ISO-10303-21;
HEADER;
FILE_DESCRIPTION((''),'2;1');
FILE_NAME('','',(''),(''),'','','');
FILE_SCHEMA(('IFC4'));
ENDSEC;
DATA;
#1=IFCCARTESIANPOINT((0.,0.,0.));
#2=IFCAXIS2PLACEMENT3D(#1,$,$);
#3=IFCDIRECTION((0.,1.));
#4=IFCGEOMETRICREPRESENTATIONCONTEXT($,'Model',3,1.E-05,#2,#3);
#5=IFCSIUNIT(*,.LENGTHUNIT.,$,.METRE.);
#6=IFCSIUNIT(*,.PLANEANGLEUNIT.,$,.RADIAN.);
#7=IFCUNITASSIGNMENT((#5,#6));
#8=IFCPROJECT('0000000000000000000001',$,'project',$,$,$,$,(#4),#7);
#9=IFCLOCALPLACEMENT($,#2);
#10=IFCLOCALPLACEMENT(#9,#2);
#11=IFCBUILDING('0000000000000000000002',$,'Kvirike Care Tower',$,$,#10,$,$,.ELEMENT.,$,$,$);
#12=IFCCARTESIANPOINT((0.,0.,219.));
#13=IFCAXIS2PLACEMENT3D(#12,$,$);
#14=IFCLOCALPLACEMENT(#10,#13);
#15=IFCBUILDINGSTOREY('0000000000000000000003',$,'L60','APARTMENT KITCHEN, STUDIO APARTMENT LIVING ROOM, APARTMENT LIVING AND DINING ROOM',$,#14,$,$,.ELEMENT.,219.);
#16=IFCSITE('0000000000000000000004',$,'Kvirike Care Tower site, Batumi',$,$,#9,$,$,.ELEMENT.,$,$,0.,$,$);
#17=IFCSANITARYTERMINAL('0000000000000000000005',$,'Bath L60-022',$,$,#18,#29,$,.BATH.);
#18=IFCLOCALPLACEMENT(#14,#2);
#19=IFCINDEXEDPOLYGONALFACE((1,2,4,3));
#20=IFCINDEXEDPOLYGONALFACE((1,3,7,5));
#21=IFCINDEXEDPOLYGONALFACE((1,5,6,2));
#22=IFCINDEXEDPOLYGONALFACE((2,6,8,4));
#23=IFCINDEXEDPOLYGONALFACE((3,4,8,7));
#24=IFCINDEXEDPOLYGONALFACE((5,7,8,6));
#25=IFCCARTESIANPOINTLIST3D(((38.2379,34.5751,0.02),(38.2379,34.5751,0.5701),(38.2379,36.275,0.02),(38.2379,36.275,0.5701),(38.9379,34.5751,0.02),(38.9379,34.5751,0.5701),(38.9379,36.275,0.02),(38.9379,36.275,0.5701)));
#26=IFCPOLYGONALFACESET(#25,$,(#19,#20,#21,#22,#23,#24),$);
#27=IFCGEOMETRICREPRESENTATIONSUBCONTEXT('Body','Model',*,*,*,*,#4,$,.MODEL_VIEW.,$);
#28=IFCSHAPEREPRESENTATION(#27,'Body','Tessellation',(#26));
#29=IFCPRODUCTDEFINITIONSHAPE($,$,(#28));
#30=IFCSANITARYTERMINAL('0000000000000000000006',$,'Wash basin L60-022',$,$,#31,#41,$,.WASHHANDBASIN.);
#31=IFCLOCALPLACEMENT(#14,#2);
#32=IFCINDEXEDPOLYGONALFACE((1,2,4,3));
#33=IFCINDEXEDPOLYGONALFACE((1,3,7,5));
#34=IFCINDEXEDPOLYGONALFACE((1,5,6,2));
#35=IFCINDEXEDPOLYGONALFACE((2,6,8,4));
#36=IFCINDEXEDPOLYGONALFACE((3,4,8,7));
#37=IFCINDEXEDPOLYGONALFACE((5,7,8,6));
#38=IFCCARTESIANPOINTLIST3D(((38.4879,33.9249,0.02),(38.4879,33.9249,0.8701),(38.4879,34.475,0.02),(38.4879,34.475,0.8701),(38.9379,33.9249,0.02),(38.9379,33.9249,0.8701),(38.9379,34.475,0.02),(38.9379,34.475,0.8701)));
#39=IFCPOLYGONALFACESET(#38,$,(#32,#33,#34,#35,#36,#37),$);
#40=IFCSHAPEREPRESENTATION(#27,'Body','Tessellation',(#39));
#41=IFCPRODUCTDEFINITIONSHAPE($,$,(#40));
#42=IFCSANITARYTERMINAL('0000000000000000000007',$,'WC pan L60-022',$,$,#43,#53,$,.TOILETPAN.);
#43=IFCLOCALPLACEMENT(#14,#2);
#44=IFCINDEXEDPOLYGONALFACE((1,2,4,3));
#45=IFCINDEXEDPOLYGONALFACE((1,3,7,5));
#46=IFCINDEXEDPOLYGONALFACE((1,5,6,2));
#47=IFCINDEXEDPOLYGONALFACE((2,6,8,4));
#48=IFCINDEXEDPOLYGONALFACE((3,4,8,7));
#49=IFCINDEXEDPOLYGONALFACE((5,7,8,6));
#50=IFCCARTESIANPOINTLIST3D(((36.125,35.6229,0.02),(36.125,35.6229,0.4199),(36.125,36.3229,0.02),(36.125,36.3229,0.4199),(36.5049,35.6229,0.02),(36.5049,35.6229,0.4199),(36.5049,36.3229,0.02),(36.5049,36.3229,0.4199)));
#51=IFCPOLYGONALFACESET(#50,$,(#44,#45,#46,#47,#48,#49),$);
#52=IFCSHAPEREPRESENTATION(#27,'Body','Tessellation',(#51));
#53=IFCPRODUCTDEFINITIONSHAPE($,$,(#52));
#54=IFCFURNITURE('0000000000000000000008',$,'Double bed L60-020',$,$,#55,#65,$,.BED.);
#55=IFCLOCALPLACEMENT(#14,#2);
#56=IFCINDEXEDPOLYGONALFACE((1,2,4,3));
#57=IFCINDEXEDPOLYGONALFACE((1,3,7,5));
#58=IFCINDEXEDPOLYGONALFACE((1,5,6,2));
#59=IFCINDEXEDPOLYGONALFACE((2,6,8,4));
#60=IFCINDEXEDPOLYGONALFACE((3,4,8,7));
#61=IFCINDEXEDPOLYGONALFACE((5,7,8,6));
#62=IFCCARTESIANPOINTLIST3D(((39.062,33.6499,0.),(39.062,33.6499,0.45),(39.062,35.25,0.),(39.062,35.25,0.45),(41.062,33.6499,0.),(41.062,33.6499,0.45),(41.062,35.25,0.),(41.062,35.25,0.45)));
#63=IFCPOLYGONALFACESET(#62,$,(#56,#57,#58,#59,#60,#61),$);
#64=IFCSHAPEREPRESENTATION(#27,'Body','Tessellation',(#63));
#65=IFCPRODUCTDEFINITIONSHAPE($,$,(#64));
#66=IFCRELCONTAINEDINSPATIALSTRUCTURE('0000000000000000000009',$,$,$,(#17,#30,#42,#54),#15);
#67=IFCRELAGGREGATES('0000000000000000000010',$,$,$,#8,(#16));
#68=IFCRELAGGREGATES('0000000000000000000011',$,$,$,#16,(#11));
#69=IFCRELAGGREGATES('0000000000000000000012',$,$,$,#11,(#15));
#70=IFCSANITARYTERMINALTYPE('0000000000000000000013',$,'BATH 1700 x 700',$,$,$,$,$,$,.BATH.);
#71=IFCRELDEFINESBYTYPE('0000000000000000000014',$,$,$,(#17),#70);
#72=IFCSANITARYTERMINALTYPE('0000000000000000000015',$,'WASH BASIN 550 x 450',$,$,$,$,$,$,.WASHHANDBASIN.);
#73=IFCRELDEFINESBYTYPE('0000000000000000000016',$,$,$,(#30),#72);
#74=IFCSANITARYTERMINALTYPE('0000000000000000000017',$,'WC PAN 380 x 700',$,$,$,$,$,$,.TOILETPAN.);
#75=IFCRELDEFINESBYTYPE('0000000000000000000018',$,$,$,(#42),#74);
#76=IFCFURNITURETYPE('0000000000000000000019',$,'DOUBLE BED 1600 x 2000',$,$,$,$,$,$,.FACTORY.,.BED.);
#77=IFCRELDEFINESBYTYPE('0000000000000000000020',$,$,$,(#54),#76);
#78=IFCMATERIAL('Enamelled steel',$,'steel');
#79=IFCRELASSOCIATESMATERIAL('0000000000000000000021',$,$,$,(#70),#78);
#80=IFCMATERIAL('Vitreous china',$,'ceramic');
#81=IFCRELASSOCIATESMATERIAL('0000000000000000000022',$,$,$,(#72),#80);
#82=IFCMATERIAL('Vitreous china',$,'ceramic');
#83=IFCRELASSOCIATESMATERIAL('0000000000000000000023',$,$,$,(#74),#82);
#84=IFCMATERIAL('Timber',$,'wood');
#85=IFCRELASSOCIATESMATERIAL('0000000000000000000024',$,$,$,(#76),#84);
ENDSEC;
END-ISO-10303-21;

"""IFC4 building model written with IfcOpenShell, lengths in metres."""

from ifc_helpers import new_model, si_unit, direction, frame, origin, origin_2d, place, context, subcontext, project, spatial, rectangle, extrude, material, type_object, element, save


model = new_model("IFC4")

# Units and contexts
model_context = context("Model", 3, precision=1e-05, world=origin(), true_north=direction((0.0, 1.0)))
body_context = subcontext(model_context, "Body", "Model", "MODEL_VIEW")
ifc_project = project(units=[si_unit("LENGTHUNIT", "METRE"), si_unit("PLANEANGLEUNIT", "RADIAN")], contexts=[model_context])

# Site, building, storey
site_placement = place(None, origin())
site = spatial("IfcSite", under=ifc_project, at=site_placement, Name="Kvirike Care Tower site, Batumi", CompositionType="ELEMENT", RefElevation=0.0)
building_placement = place(site_placement, origin())
building = spatial("IfcBuilding", under=site, at=building_placement, Name="Kvirike Care Tower", CompositionType="ELEMENT")
storey_placement = place(building_placement, frame((0.0, 0.0, 219.0)))
storey = spatial("IfcBuildingStorey", under=building, at=storey_placement, Name="L60", Description="APARTMENT KITCHEN, STUDIO APARTMENT LIVING ROOM, APARTMENT LIVING AND DINING ROOM", CompositionType="ELEMENT", Elevation=219.0)

# Sanitary terminals
ifc_material_1 = material(Name="Enamelled steel", Category="steel")
sanitary_terminal_type_1 = type_object("IfcSanitaryTerminalType", Name="BATH 1700 x 700", PredefinedType="BATH", material=ifc_material_1)
sanitary_terminal_1_placement = place(storey_placement, frame((38.5879, 35.425, 0.02), z_axis=(0.0, 0.0, 1.0), x_axis=(0.0, -1.0, 0.0)))
element("IfcSanitaryTerminal", 1, at=sanitary_terminal_1_placement, inside=storey, type_object=sanitary_terminal_type_1, Name="Bath L60-022", PredefinedType="BATH", context=body_context, shape_type="SweptSolid", body=[
    extrude(rectangle(XDim=1.7, YDim=0.7, at=origin_2d()), origin(), (0.0, 0.0, 1.0), 0.55),
])
ifc_material_2 = material(Name="Vitreous china", Category="ceramic")
sanitary_terminal_type_2 = type_object("IfcSanitaryTerminalType", Name="WASH BASIN 550 x 450", PredefinedType="WASHHANDBASIN", material=ifc_material_2)
sanitary_terminal_2_placement = place(storey_placement, frame((38.7129, 34.2, 0.02), z_axis=(0.0, 0.0, 1.0), x_axis=(0.0, -1.0, 0.0)))
element("IfcSanitaryTerminal", 2, at=sanitary_terminal_2_placement, inside=storey, type_object=sanitary_terminal_type_2, Name="Wash basin L60-022", PredefinedType="WASHHANDBASIN", context=body_context, shape_type="SweptSolid", body=[
    extrude(rectangle(XDim=0.55, YDim=0.45, at=origin_2d()), origin(), (0.0, 0.0, 1.0), 0.8501),
])
ifc_material_3 = material(Name="Vitreous china", Category="ceramic")
sanitary_terminal_type_3 = type_object("IfcSanitaryTerminalType", Name="WC PAN 380 x 700", PredefinedType="TOILETPAN", material=ifc_material_3)
sanitary_terminal_3_placement = place(storey_placement, frame((36.3149, 35.9729, 0.02), z_axis=(0.0, 0.0, 1.0), x_axis=(1.0, 0.0, 0.0)))
element("IfcSanitaryTerminal", 3, at=sanitary_terminal_3_placement, inside=storey, type_object=sanitary_terminal_type_3, Name="WC pan L60-022", PredefinedType="TOILETPAN", context=body_context, shape_type="SweptSolid", body=[
    extrude(rectangle(XDim=0.3799, YDim=0.7, at=origin_2d()), origin(), (0.0, 0.0, 1.0), 0.3999),
])

# Furniture
ifc_material_4 = material(Name="Timber", Category="wood")
furniture_type = type_object("IfcFurnitureType", Name="DOUBLE BED 1600 x 2000", AssemblyPlace="FACTORY", PredefinedType="BED", material=ifc_material_4)
furniture_placement = place(storey_placement, frame((40.062, 34.45, 0.0), z_axis=(0.0, 0.0, 1.0), x_axis=(0.0, 1.0, 0.0)))
element("IfcFurniture", 4, at=furniture_placement, inside=storey, type_object=furniture_type, Name="Double bed L60-020", PredefinedType="BED", context=body_context, shape_type="SweptSolid", body=[
    extrude(rectangle(XDim=1.6001, YDim=2.0, at=origin_2d()), origin(), (0.0, 0.0, 1.0), 0.45),
])

save(model, "model.ifc")
